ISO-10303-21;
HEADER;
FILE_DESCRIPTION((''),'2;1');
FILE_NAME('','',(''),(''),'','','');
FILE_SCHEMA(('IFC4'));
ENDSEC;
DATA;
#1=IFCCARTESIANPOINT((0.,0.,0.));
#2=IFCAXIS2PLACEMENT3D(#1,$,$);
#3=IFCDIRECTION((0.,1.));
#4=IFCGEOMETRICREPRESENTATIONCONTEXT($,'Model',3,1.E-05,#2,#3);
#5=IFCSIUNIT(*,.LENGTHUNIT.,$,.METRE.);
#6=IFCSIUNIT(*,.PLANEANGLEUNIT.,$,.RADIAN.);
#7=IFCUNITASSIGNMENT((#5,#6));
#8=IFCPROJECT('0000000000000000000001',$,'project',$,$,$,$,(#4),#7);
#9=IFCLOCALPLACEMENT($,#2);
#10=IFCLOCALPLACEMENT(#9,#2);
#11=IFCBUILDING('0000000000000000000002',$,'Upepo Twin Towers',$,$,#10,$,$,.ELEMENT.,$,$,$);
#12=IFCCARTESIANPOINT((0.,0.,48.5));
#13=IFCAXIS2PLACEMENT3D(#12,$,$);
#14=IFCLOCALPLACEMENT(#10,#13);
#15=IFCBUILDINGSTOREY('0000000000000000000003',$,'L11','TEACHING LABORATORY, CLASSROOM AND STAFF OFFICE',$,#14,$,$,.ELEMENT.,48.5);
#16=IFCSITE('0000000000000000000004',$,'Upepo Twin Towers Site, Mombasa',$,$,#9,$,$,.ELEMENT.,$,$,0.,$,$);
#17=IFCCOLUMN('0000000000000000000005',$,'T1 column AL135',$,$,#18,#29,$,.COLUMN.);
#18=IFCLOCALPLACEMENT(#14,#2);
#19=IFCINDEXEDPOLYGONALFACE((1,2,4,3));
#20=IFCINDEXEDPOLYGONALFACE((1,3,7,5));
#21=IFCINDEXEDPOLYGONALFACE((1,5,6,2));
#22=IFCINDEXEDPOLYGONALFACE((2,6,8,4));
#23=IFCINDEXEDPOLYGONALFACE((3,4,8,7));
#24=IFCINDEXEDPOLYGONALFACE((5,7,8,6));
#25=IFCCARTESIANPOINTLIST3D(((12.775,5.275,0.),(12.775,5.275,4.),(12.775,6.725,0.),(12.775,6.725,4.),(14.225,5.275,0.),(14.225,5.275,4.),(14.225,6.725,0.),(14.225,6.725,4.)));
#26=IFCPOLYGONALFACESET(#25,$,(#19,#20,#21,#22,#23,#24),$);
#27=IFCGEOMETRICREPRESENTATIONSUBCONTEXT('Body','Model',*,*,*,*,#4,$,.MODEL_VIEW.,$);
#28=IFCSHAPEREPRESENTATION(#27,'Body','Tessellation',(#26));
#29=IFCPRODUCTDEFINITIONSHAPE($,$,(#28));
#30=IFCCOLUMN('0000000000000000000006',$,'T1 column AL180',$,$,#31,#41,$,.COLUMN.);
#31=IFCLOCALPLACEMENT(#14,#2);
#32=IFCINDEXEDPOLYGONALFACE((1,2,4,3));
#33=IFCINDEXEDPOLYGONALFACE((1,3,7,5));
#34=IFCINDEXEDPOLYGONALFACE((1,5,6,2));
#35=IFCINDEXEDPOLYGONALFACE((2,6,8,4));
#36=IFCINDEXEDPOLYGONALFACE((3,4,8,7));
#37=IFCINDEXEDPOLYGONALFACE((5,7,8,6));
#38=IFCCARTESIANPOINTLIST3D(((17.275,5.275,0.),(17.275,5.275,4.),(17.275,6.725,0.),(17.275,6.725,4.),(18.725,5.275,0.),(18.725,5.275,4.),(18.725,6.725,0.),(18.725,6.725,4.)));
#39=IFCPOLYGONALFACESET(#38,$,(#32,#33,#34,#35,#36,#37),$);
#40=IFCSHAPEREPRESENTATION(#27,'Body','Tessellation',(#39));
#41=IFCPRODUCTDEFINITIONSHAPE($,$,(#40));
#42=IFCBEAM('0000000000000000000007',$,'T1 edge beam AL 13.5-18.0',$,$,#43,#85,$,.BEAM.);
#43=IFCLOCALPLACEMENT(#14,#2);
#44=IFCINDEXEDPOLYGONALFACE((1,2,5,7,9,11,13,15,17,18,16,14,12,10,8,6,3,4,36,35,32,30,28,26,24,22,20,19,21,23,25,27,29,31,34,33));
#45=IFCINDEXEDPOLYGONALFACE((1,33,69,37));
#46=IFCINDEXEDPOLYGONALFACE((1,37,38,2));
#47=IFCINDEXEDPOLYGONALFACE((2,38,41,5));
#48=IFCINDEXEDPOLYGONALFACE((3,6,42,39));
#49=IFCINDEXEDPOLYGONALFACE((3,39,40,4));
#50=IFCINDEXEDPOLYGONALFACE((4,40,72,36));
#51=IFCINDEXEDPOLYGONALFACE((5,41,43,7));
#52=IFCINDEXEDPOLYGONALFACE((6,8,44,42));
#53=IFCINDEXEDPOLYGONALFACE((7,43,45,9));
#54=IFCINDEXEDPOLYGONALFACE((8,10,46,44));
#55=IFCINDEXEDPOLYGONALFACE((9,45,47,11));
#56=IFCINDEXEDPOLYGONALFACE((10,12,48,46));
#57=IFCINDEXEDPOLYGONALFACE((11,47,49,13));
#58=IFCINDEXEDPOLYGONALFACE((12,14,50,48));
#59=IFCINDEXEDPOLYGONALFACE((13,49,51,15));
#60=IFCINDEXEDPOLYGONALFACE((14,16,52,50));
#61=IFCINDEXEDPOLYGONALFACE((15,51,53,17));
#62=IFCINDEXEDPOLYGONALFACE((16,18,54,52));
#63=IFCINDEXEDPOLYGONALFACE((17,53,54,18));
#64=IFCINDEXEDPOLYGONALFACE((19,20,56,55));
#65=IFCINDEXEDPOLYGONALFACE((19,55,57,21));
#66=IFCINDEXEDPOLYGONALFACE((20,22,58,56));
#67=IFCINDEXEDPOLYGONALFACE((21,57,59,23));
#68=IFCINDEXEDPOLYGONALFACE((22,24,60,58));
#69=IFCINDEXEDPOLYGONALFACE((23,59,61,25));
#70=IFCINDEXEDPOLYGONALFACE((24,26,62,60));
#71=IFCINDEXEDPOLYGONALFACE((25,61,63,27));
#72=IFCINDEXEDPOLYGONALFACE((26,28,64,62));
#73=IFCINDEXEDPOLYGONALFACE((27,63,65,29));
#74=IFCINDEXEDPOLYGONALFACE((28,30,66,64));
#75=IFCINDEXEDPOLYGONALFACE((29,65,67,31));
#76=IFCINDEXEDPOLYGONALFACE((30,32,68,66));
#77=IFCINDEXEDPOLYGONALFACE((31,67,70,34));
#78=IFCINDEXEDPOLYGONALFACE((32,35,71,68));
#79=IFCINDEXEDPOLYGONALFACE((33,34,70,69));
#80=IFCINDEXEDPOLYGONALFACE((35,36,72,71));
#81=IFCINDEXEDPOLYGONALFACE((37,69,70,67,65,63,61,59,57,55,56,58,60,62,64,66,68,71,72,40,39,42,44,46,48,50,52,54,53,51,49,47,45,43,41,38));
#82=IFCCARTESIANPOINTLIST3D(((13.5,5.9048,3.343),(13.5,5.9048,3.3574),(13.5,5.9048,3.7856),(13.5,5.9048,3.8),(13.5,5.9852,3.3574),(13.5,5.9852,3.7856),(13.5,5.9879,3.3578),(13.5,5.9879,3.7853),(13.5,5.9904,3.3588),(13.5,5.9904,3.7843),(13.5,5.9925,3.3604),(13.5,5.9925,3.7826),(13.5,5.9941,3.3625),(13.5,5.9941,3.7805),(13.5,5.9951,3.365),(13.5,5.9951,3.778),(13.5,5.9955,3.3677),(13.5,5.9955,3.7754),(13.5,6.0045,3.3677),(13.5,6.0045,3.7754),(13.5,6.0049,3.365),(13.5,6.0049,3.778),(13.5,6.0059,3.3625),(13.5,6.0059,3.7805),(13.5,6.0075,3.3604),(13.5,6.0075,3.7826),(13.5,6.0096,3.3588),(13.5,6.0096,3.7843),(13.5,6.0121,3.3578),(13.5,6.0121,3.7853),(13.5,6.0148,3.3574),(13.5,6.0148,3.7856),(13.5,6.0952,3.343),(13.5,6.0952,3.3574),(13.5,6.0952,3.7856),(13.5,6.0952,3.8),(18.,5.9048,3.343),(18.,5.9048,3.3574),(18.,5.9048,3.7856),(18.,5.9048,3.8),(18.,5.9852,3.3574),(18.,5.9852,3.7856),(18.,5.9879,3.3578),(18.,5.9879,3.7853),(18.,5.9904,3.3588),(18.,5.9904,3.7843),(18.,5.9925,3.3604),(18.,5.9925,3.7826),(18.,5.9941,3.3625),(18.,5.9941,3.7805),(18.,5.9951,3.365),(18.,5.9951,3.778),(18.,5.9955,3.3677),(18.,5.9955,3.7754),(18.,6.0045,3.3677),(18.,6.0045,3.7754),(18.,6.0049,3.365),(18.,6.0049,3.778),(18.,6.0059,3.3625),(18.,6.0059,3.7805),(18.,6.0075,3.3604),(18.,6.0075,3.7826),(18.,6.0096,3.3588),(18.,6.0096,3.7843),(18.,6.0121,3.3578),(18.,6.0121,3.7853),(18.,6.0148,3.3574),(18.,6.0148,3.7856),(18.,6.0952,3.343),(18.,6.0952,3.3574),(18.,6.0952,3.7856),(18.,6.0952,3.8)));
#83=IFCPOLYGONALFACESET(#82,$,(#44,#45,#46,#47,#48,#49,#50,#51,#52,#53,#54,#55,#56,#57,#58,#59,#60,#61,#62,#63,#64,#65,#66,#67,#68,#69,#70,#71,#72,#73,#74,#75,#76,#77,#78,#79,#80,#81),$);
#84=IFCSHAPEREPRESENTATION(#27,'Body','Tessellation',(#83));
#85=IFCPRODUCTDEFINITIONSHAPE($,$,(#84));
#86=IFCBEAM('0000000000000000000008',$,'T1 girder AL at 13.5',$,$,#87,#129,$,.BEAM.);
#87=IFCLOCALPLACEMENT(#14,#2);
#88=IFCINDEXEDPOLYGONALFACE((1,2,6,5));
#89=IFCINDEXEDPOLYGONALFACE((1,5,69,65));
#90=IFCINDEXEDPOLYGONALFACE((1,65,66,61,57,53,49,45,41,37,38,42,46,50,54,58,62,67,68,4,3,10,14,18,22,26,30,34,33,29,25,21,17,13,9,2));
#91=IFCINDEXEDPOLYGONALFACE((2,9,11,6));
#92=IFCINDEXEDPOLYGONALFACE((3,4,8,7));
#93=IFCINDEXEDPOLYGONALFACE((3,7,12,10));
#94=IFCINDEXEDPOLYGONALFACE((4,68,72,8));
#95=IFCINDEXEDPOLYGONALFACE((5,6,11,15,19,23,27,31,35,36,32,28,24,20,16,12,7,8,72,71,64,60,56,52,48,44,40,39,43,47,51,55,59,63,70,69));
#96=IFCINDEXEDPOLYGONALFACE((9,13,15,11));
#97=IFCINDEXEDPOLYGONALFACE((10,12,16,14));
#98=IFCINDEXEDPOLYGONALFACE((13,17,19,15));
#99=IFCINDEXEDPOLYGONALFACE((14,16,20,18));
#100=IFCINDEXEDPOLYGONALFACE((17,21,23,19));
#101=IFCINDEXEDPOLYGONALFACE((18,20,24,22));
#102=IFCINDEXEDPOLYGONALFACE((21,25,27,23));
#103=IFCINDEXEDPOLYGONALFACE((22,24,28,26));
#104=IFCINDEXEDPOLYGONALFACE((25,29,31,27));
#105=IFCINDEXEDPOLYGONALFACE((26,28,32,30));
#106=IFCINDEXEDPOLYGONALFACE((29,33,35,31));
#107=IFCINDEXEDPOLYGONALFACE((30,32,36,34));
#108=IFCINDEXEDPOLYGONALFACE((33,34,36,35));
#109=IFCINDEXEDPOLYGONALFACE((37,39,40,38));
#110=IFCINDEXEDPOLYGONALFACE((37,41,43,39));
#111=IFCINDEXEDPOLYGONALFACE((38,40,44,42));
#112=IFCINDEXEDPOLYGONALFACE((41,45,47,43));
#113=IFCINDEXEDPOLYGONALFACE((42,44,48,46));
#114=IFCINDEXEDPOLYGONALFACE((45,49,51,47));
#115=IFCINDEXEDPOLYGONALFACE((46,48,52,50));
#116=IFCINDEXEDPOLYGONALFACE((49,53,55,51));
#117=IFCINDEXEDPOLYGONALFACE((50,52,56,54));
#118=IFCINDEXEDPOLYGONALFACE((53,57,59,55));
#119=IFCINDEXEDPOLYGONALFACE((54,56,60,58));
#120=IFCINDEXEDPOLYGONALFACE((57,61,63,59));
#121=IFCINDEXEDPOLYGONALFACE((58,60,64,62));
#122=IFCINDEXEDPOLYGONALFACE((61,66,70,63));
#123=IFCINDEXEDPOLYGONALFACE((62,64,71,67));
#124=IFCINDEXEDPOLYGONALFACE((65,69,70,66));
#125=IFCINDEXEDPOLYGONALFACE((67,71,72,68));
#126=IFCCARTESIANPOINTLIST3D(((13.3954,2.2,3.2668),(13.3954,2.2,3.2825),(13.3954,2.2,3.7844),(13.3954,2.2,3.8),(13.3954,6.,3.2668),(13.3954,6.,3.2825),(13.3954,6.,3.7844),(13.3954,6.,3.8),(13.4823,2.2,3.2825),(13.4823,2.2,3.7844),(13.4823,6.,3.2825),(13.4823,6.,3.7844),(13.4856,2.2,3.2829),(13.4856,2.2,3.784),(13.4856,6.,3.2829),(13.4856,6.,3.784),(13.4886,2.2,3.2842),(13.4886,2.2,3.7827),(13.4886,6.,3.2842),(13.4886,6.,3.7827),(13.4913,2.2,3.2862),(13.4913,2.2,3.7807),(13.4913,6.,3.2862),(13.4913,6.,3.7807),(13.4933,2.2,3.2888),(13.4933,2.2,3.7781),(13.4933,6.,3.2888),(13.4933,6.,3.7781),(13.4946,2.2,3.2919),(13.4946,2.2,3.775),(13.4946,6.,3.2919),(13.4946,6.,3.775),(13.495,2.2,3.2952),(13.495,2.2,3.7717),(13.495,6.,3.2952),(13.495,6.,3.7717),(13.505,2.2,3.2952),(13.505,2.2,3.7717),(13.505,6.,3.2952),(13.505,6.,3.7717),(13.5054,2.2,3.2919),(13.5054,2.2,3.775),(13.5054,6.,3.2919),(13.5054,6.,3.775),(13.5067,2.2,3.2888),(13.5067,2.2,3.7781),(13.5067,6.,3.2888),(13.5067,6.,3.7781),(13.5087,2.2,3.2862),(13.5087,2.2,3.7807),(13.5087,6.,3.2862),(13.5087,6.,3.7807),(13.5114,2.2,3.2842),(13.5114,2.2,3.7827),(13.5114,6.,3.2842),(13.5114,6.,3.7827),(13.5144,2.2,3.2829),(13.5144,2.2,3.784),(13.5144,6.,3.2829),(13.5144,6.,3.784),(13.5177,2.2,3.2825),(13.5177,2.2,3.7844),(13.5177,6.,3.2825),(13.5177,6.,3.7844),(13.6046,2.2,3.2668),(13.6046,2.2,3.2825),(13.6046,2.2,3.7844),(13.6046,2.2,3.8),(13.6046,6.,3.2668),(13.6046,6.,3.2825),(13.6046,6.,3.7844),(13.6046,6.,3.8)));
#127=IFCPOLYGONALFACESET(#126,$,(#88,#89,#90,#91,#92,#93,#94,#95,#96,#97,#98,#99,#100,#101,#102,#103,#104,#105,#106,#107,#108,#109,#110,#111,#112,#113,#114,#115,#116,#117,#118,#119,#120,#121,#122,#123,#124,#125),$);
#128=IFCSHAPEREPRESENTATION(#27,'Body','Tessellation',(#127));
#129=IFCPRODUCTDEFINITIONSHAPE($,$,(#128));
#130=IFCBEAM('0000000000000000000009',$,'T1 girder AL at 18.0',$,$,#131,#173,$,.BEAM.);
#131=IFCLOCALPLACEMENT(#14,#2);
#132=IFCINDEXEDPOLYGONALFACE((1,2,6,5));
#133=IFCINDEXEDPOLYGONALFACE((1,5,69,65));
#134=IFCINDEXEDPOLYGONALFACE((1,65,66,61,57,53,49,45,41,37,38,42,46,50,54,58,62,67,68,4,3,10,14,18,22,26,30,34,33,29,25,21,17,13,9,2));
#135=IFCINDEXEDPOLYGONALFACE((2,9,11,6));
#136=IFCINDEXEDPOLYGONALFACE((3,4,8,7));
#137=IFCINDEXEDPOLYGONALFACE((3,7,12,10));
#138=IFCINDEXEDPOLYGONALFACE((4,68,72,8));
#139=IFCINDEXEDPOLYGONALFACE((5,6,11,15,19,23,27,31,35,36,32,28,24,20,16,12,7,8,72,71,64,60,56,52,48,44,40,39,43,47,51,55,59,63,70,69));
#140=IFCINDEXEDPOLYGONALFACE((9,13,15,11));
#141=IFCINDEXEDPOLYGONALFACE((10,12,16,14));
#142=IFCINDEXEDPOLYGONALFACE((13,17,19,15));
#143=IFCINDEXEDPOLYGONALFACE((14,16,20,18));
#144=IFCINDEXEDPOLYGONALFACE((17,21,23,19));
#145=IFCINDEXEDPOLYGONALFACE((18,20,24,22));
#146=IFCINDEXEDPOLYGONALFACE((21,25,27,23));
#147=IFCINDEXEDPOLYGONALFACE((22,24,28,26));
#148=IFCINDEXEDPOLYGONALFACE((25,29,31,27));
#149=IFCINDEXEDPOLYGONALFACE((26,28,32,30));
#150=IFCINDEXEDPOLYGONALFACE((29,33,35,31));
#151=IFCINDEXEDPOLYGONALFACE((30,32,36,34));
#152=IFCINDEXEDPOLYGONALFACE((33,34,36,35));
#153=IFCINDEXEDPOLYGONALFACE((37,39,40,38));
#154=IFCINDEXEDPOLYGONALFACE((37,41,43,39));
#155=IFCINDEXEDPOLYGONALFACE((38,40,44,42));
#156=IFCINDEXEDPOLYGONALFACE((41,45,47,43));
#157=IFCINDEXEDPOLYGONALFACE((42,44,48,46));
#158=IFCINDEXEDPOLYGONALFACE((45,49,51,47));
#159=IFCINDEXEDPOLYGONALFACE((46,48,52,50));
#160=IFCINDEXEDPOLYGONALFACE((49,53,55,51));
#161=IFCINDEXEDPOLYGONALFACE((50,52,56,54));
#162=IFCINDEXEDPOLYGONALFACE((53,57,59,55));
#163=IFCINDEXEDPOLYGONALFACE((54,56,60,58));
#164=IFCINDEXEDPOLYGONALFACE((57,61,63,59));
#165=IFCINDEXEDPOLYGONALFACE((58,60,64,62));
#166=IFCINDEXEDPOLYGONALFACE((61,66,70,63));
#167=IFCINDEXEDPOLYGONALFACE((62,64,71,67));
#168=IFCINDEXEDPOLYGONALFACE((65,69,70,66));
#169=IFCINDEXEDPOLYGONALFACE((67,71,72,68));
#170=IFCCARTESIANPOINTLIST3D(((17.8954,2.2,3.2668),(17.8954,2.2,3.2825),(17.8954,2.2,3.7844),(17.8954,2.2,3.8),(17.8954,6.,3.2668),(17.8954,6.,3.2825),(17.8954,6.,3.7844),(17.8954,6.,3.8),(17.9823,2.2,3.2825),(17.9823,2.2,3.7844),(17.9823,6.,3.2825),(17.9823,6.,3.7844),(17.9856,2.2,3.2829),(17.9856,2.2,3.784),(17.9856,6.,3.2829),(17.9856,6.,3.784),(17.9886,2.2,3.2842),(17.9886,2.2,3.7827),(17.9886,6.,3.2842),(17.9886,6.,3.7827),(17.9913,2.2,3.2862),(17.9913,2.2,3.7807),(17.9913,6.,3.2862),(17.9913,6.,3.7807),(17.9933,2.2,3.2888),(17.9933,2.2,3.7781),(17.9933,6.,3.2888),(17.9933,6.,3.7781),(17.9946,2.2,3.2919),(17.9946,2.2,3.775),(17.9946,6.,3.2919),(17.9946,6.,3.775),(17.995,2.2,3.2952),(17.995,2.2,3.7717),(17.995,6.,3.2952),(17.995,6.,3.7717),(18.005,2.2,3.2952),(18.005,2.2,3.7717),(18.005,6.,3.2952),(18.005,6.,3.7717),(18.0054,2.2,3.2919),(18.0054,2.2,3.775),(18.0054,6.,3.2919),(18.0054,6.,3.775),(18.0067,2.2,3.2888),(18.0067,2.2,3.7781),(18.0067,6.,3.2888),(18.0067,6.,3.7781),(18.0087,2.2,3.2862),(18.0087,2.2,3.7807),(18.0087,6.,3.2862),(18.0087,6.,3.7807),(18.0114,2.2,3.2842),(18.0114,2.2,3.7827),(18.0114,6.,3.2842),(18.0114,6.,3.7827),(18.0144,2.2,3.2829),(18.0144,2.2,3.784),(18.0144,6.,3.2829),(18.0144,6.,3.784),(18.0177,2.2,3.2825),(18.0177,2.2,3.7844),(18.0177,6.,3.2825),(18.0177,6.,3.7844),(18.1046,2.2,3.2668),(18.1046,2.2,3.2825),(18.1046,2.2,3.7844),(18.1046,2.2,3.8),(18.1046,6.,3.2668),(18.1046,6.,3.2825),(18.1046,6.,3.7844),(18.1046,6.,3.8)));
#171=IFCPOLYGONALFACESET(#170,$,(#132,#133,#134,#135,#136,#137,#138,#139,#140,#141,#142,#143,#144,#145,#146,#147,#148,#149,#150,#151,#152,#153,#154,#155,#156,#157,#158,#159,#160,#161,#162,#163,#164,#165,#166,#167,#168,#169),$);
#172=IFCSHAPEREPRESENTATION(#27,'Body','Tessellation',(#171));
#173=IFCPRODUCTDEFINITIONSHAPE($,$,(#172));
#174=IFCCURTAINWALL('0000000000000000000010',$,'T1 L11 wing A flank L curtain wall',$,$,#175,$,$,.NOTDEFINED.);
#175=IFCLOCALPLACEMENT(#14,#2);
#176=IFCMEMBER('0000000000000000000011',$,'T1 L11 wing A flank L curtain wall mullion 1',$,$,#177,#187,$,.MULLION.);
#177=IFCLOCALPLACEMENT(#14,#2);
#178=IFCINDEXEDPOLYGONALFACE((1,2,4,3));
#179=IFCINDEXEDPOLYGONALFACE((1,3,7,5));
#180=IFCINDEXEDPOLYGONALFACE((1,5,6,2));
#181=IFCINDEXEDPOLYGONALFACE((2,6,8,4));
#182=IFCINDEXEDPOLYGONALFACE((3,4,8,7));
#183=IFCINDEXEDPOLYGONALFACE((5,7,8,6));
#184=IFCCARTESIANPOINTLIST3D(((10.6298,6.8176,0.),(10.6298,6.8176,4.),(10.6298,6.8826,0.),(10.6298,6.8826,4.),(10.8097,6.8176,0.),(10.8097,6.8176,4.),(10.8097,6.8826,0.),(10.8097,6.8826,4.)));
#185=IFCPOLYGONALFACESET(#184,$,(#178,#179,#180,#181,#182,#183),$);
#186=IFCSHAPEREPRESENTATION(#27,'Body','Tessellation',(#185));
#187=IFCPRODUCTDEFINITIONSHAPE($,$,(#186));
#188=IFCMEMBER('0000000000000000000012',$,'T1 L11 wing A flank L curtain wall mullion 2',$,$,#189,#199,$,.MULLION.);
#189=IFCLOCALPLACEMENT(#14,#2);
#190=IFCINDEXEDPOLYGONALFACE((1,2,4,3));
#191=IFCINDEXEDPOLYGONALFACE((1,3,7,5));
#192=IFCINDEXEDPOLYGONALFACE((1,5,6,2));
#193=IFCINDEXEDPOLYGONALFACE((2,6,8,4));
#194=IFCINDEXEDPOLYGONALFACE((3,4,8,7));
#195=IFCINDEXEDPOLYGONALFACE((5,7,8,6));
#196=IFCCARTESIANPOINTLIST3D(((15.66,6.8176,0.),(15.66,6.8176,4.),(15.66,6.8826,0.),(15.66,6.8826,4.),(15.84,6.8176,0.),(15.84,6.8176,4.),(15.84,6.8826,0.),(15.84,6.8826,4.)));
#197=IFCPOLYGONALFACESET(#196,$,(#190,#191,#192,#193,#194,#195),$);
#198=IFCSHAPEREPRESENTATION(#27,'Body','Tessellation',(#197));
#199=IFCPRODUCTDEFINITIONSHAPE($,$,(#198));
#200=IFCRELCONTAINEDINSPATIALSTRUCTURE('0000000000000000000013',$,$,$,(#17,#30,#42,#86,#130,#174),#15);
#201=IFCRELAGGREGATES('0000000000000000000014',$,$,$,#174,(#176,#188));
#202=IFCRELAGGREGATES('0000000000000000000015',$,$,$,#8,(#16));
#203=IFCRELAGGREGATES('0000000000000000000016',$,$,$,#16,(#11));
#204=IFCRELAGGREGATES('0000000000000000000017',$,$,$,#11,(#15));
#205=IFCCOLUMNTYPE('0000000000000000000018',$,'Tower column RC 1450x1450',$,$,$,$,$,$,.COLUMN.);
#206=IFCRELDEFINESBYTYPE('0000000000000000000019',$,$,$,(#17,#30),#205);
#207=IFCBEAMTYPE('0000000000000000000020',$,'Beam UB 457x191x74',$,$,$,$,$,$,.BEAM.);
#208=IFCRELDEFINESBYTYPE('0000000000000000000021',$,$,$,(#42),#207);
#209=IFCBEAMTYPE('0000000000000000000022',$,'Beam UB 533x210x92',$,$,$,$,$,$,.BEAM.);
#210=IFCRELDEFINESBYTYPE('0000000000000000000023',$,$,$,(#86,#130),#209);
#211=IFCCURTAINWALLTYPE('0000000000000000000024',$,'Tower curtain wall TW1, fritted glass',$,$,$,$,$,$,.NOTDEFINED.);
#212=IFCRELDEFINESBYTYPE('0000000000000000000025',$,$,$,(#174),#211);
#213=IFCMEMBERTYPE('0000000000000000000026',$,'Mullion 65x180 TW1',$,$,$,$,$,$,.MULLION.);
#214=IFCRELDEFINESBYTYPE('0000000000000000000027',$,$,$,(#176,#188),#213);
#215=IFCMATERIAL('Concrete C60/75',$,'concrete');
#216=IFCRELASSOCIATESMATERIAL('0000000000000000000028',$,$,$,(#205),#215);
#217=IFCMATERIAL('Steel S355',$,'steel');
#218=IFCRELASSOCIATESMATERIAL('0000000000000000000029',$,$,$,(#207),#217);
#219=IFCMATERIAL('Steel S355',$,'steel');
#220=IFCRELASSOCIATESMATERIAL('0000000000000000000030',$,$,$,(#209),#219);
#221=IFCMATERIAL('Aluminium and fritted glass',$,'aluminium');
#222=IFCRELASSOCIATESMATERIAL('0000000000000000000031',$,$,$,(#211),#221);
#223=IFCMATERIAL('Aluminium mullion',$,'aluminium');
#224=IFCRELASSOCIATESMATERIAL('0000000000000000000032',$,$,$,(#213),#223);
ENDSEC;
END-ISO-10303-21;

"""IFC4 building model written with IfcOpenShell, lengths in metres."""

from ifc_helpers import new_model, si_unit, direction, frame, origin, origin_2d, place, context, subcontext, project, spatial, rectangle, i_section, extrude, material, material_profile, profile_set, type_object, element, aggregate, save


model = new_model("IFC4")

# Units and contexts
model_context = context("Model", 3, precision=1e-05, world=origin(), true_north=direction((0.0, 1.0)))
body_context = subcontext(model_context, "Body", "Model", "MODEL_VIEW")
ifc_project = project(units=[si_unit("LENGTHUNIT", "METRE"), si_unit("PLANEANGLEUNIT", "RADIAN")], contexts=[model_context])

# Site, building, storey
site_placement = place(None, origin())
site = spatial("IfcSite", under=ifc_project, at=site_placement, Name="Upepo Twin Towers Site, Mombasa", CompositionType="ELEMENT", RefElevation=0.0)
building_placement = place(site_placement, origin())
building = spatial("IfcBuilding", under=site, at=building_placement, Name="Upepo Twin Towers", CompositionType="ELEMENT")
storey_placement = place(building_placement, frame((0.0, 0.0, 48.5)))
storey = spatial("IfcBuildingStorey", under=building, at=storey_placement, Name="L11", Description="TEACHING LABORATORY, CLASSROOM AND STAFF OFFICE", CompositionType="ELEMENT", Elevation=48.5)

# Columns
ifc_material_1 = material(Name="Concrete C60/75", Category="concrete")
ifc_material_profile_1 = material_profile(ifc_material_1, rectangle(XDim=1.45, YDim=1.45, at=origin_2d()), Name="RC 1450x1450")
ifc_profile_set_1 = profile_set([ifc_material_profile_1], Name="Concrete C60/75")
column_type = type_object("IfcColumnType", Name="Tower column RC 1450x1450", PredefinedType="COLUMN", material=ifc_profile_set_1)
for number, where, z_axis, x_axis, name in (
    (1, (13.5, 6.0, 0.0), (0.0, 0.0, 1.0), (1.0, 0.0, 0.0), "T1 column AL135"),
    (2, (18.0, 6.0, 0.0), (0.0, 0.0, 1.0), (1.0, 0.0, 0.0), "T1 column AL180"),
):
    element("IfcColumn", number, at=place(storey_placement, frame(where, z_axis=z_axis, x_axis=x_axis)), inside=storey, type_object=column_type, Name=name, PredefinedType="COLUMN", context=body_context, shape_type="SweptSolid", body=[
        extrude(rectangle(XDim=1.45, YDim=1.45, at=origin_2d()), origin(), (0.0, 0.0, 1.0), 4.0),
    ])

# Beams
ifc_material_2 = material(Name="Steel S355", Category="steel")
ifc_material_profile_2 = material_profile(ifc_material_2, i_section(OverallWidth=0.1904, OverallDepth=0.457, WebThickness=0.009, FlangeThickness=0.0144, FilletRadius=0.0103, at=origin_2d()), Name="UB 457x191x74")
ifc_profile_set_2 = profile_set([ifc_material_profile_2], Name="Steel S355")
beam_type_1 = type_object("IfcBeamType", Name="Beam UB 457x191x74", PredefinedType="BEAM", material=ifc_profile_set_2)
beam_placement = place(storey_placement, frame((13.5, 6.0, 3.5715), z_axis=(1.0, 0.0, 0.0), x_axis=(0.0, 1.0, 0.0)))
element("IfcBeam", 3, at=beam_placement, inside=storey, type_object=beam_type_1, Name="T1 edge beam AL 13.5-18.0", PredefinedType="BEAM", context=body_context, shape_type="SweptSolid", body=[
    extrude(i_section(OverallWidth=0.1904, OverallDepth=0.457, WebThickness=0.009, FlangeThickness=0.0144, FilletRadius=0.0103, at=origin_2d()), origin(), (0.0, 0.0, 1.0), 4.5),
])
ifc_material_3 = material(Name="Steel S355", Category="steel")
ifc_material_profile_3 = material_profile(ifc_material_3, i_section(OverallWidth=0.2092, OverallDepth=0.5332, WebThickness=0.01, FlangeThickness=0.0156, FilletRadius=0.0127, at=origin_2d()), Name="UB 533x210x92")
ifc_profile_set_3 = profile_set([ifc_material_profile_3], Name="Steel S355")
beam_type_2 = type_object("IfcBeamType", Name="Beam UB 533x210x92", PredefinedType="BEAM", material=ifc_profile_set_3)
for number, where, z_axis, x_axis, name in (
    (4, (13.5, 6.0, 3.5334), (0.0, -1.0, 0.0), (1.0, 0.0, 0.0), "T1 girder AL at 13.5"),
    (5, (18.0, 6.0, 3.5334), (0.0, -1.0, 0.0), (1.0, 0.0, 0.0), "T1 girder AL at 18.0"),
):
    element("IfcBeam", number, at=place(storey_placement, frame(where, z_axis=z_axis, x_axis=x_axis)), inside=storey, type_object=beam_type_2, Name=name, PredefinedType="BEAM", context=body_context, shape_type="SweptSolid", body=[
        extrude(i_section(OverallWidth=0.2092, OverallDepth=0.5332, WebThickness=0.01, FlangeThickness=0.0156, FilletRadius=0.0127, at=origin_2d()), origin(), (0.0, 0.0, 1.0), 3.8),
    ])

# Curtain wall, members
ifc_material_4 = material(Name="Aluminium and fritted glass", Category="aluminium")
curtain_wall_type = type_object("IfcCurtainWallType", Name="Tower curtain wall TW1, fritted glass", PredefinedType="NOTDEFINED", material=ifc_material_4)
curtain_wall_placement = place(storey_placement, origin())
curtain_wall = element("IfcCurtainWall", 6, at=curtain_wall_placement, inside=storey, type_object=curtain_wall_type, Name="T1 L11 wing A flank L curtain wall", PredefinedType="NOTDEFINED")
ifc_material_5 = material(Name="Aluminium mullion", Category="aluminium")
ifc_material_profile_4 = material_profile(ifc_material_5, rectangle(XDim=0.0649, YDim=0.1799, at=origin_2d()), Name="MULLION 65x180")
ifc_profile_set_4 = profile_set([ifc_material_profile_4], Name="Aluminium mullion")
member_type_1 = type_object("IfcMemberType", Name="Mullion 65x180 TW1", PredefinedType="MULLION", material=ifc_profile_set_4)
member_1_placement = place(storey_placement, frame((10.7197, 6.8501, 0.0), z_axis=(0.0, 0.0, 1.0), x_axis=(0.0, 1.0, 0.0)))
member_1 = element("IfcMember", 7, at=member_1_placement, type_object=member_type_1, Name="T1 L11 wing A flank L curtain wall mullion 1", PredefinedType="MULLION", context=body_context, shape_type="SweptSolid", body=[
    extrude(rectangle(XDim=0.0649, YDim=0.1799, at=origin_2d()), origin(), (0.0, 0.0, 1.0), 4.0),
])
member_2_placement = place(storey_placement, frame((15.75, 6.8501, 0.0), z_axis=(0.0, 0.0, 1.0), x_axis=(0.0, 1.0, 0.0)))
member_2 = element("IfcMember", 8, at=member_2_placement, type_object=member_type_1, Name="T1 L11 wing A flank L curtain wall mullion 2", PredefinedType="MULLION", context=body_context, shape_type="SweptSolid", body=[
    extrude(rectangle(XDim=0.0649, YDim=0.1799, at=origin_2d()), origin(), (0.0, 0.0, 1.0), 4.0),
])
aggregate(curtain_wall, [member_1, member_2])

save(model, "model.ifc")
